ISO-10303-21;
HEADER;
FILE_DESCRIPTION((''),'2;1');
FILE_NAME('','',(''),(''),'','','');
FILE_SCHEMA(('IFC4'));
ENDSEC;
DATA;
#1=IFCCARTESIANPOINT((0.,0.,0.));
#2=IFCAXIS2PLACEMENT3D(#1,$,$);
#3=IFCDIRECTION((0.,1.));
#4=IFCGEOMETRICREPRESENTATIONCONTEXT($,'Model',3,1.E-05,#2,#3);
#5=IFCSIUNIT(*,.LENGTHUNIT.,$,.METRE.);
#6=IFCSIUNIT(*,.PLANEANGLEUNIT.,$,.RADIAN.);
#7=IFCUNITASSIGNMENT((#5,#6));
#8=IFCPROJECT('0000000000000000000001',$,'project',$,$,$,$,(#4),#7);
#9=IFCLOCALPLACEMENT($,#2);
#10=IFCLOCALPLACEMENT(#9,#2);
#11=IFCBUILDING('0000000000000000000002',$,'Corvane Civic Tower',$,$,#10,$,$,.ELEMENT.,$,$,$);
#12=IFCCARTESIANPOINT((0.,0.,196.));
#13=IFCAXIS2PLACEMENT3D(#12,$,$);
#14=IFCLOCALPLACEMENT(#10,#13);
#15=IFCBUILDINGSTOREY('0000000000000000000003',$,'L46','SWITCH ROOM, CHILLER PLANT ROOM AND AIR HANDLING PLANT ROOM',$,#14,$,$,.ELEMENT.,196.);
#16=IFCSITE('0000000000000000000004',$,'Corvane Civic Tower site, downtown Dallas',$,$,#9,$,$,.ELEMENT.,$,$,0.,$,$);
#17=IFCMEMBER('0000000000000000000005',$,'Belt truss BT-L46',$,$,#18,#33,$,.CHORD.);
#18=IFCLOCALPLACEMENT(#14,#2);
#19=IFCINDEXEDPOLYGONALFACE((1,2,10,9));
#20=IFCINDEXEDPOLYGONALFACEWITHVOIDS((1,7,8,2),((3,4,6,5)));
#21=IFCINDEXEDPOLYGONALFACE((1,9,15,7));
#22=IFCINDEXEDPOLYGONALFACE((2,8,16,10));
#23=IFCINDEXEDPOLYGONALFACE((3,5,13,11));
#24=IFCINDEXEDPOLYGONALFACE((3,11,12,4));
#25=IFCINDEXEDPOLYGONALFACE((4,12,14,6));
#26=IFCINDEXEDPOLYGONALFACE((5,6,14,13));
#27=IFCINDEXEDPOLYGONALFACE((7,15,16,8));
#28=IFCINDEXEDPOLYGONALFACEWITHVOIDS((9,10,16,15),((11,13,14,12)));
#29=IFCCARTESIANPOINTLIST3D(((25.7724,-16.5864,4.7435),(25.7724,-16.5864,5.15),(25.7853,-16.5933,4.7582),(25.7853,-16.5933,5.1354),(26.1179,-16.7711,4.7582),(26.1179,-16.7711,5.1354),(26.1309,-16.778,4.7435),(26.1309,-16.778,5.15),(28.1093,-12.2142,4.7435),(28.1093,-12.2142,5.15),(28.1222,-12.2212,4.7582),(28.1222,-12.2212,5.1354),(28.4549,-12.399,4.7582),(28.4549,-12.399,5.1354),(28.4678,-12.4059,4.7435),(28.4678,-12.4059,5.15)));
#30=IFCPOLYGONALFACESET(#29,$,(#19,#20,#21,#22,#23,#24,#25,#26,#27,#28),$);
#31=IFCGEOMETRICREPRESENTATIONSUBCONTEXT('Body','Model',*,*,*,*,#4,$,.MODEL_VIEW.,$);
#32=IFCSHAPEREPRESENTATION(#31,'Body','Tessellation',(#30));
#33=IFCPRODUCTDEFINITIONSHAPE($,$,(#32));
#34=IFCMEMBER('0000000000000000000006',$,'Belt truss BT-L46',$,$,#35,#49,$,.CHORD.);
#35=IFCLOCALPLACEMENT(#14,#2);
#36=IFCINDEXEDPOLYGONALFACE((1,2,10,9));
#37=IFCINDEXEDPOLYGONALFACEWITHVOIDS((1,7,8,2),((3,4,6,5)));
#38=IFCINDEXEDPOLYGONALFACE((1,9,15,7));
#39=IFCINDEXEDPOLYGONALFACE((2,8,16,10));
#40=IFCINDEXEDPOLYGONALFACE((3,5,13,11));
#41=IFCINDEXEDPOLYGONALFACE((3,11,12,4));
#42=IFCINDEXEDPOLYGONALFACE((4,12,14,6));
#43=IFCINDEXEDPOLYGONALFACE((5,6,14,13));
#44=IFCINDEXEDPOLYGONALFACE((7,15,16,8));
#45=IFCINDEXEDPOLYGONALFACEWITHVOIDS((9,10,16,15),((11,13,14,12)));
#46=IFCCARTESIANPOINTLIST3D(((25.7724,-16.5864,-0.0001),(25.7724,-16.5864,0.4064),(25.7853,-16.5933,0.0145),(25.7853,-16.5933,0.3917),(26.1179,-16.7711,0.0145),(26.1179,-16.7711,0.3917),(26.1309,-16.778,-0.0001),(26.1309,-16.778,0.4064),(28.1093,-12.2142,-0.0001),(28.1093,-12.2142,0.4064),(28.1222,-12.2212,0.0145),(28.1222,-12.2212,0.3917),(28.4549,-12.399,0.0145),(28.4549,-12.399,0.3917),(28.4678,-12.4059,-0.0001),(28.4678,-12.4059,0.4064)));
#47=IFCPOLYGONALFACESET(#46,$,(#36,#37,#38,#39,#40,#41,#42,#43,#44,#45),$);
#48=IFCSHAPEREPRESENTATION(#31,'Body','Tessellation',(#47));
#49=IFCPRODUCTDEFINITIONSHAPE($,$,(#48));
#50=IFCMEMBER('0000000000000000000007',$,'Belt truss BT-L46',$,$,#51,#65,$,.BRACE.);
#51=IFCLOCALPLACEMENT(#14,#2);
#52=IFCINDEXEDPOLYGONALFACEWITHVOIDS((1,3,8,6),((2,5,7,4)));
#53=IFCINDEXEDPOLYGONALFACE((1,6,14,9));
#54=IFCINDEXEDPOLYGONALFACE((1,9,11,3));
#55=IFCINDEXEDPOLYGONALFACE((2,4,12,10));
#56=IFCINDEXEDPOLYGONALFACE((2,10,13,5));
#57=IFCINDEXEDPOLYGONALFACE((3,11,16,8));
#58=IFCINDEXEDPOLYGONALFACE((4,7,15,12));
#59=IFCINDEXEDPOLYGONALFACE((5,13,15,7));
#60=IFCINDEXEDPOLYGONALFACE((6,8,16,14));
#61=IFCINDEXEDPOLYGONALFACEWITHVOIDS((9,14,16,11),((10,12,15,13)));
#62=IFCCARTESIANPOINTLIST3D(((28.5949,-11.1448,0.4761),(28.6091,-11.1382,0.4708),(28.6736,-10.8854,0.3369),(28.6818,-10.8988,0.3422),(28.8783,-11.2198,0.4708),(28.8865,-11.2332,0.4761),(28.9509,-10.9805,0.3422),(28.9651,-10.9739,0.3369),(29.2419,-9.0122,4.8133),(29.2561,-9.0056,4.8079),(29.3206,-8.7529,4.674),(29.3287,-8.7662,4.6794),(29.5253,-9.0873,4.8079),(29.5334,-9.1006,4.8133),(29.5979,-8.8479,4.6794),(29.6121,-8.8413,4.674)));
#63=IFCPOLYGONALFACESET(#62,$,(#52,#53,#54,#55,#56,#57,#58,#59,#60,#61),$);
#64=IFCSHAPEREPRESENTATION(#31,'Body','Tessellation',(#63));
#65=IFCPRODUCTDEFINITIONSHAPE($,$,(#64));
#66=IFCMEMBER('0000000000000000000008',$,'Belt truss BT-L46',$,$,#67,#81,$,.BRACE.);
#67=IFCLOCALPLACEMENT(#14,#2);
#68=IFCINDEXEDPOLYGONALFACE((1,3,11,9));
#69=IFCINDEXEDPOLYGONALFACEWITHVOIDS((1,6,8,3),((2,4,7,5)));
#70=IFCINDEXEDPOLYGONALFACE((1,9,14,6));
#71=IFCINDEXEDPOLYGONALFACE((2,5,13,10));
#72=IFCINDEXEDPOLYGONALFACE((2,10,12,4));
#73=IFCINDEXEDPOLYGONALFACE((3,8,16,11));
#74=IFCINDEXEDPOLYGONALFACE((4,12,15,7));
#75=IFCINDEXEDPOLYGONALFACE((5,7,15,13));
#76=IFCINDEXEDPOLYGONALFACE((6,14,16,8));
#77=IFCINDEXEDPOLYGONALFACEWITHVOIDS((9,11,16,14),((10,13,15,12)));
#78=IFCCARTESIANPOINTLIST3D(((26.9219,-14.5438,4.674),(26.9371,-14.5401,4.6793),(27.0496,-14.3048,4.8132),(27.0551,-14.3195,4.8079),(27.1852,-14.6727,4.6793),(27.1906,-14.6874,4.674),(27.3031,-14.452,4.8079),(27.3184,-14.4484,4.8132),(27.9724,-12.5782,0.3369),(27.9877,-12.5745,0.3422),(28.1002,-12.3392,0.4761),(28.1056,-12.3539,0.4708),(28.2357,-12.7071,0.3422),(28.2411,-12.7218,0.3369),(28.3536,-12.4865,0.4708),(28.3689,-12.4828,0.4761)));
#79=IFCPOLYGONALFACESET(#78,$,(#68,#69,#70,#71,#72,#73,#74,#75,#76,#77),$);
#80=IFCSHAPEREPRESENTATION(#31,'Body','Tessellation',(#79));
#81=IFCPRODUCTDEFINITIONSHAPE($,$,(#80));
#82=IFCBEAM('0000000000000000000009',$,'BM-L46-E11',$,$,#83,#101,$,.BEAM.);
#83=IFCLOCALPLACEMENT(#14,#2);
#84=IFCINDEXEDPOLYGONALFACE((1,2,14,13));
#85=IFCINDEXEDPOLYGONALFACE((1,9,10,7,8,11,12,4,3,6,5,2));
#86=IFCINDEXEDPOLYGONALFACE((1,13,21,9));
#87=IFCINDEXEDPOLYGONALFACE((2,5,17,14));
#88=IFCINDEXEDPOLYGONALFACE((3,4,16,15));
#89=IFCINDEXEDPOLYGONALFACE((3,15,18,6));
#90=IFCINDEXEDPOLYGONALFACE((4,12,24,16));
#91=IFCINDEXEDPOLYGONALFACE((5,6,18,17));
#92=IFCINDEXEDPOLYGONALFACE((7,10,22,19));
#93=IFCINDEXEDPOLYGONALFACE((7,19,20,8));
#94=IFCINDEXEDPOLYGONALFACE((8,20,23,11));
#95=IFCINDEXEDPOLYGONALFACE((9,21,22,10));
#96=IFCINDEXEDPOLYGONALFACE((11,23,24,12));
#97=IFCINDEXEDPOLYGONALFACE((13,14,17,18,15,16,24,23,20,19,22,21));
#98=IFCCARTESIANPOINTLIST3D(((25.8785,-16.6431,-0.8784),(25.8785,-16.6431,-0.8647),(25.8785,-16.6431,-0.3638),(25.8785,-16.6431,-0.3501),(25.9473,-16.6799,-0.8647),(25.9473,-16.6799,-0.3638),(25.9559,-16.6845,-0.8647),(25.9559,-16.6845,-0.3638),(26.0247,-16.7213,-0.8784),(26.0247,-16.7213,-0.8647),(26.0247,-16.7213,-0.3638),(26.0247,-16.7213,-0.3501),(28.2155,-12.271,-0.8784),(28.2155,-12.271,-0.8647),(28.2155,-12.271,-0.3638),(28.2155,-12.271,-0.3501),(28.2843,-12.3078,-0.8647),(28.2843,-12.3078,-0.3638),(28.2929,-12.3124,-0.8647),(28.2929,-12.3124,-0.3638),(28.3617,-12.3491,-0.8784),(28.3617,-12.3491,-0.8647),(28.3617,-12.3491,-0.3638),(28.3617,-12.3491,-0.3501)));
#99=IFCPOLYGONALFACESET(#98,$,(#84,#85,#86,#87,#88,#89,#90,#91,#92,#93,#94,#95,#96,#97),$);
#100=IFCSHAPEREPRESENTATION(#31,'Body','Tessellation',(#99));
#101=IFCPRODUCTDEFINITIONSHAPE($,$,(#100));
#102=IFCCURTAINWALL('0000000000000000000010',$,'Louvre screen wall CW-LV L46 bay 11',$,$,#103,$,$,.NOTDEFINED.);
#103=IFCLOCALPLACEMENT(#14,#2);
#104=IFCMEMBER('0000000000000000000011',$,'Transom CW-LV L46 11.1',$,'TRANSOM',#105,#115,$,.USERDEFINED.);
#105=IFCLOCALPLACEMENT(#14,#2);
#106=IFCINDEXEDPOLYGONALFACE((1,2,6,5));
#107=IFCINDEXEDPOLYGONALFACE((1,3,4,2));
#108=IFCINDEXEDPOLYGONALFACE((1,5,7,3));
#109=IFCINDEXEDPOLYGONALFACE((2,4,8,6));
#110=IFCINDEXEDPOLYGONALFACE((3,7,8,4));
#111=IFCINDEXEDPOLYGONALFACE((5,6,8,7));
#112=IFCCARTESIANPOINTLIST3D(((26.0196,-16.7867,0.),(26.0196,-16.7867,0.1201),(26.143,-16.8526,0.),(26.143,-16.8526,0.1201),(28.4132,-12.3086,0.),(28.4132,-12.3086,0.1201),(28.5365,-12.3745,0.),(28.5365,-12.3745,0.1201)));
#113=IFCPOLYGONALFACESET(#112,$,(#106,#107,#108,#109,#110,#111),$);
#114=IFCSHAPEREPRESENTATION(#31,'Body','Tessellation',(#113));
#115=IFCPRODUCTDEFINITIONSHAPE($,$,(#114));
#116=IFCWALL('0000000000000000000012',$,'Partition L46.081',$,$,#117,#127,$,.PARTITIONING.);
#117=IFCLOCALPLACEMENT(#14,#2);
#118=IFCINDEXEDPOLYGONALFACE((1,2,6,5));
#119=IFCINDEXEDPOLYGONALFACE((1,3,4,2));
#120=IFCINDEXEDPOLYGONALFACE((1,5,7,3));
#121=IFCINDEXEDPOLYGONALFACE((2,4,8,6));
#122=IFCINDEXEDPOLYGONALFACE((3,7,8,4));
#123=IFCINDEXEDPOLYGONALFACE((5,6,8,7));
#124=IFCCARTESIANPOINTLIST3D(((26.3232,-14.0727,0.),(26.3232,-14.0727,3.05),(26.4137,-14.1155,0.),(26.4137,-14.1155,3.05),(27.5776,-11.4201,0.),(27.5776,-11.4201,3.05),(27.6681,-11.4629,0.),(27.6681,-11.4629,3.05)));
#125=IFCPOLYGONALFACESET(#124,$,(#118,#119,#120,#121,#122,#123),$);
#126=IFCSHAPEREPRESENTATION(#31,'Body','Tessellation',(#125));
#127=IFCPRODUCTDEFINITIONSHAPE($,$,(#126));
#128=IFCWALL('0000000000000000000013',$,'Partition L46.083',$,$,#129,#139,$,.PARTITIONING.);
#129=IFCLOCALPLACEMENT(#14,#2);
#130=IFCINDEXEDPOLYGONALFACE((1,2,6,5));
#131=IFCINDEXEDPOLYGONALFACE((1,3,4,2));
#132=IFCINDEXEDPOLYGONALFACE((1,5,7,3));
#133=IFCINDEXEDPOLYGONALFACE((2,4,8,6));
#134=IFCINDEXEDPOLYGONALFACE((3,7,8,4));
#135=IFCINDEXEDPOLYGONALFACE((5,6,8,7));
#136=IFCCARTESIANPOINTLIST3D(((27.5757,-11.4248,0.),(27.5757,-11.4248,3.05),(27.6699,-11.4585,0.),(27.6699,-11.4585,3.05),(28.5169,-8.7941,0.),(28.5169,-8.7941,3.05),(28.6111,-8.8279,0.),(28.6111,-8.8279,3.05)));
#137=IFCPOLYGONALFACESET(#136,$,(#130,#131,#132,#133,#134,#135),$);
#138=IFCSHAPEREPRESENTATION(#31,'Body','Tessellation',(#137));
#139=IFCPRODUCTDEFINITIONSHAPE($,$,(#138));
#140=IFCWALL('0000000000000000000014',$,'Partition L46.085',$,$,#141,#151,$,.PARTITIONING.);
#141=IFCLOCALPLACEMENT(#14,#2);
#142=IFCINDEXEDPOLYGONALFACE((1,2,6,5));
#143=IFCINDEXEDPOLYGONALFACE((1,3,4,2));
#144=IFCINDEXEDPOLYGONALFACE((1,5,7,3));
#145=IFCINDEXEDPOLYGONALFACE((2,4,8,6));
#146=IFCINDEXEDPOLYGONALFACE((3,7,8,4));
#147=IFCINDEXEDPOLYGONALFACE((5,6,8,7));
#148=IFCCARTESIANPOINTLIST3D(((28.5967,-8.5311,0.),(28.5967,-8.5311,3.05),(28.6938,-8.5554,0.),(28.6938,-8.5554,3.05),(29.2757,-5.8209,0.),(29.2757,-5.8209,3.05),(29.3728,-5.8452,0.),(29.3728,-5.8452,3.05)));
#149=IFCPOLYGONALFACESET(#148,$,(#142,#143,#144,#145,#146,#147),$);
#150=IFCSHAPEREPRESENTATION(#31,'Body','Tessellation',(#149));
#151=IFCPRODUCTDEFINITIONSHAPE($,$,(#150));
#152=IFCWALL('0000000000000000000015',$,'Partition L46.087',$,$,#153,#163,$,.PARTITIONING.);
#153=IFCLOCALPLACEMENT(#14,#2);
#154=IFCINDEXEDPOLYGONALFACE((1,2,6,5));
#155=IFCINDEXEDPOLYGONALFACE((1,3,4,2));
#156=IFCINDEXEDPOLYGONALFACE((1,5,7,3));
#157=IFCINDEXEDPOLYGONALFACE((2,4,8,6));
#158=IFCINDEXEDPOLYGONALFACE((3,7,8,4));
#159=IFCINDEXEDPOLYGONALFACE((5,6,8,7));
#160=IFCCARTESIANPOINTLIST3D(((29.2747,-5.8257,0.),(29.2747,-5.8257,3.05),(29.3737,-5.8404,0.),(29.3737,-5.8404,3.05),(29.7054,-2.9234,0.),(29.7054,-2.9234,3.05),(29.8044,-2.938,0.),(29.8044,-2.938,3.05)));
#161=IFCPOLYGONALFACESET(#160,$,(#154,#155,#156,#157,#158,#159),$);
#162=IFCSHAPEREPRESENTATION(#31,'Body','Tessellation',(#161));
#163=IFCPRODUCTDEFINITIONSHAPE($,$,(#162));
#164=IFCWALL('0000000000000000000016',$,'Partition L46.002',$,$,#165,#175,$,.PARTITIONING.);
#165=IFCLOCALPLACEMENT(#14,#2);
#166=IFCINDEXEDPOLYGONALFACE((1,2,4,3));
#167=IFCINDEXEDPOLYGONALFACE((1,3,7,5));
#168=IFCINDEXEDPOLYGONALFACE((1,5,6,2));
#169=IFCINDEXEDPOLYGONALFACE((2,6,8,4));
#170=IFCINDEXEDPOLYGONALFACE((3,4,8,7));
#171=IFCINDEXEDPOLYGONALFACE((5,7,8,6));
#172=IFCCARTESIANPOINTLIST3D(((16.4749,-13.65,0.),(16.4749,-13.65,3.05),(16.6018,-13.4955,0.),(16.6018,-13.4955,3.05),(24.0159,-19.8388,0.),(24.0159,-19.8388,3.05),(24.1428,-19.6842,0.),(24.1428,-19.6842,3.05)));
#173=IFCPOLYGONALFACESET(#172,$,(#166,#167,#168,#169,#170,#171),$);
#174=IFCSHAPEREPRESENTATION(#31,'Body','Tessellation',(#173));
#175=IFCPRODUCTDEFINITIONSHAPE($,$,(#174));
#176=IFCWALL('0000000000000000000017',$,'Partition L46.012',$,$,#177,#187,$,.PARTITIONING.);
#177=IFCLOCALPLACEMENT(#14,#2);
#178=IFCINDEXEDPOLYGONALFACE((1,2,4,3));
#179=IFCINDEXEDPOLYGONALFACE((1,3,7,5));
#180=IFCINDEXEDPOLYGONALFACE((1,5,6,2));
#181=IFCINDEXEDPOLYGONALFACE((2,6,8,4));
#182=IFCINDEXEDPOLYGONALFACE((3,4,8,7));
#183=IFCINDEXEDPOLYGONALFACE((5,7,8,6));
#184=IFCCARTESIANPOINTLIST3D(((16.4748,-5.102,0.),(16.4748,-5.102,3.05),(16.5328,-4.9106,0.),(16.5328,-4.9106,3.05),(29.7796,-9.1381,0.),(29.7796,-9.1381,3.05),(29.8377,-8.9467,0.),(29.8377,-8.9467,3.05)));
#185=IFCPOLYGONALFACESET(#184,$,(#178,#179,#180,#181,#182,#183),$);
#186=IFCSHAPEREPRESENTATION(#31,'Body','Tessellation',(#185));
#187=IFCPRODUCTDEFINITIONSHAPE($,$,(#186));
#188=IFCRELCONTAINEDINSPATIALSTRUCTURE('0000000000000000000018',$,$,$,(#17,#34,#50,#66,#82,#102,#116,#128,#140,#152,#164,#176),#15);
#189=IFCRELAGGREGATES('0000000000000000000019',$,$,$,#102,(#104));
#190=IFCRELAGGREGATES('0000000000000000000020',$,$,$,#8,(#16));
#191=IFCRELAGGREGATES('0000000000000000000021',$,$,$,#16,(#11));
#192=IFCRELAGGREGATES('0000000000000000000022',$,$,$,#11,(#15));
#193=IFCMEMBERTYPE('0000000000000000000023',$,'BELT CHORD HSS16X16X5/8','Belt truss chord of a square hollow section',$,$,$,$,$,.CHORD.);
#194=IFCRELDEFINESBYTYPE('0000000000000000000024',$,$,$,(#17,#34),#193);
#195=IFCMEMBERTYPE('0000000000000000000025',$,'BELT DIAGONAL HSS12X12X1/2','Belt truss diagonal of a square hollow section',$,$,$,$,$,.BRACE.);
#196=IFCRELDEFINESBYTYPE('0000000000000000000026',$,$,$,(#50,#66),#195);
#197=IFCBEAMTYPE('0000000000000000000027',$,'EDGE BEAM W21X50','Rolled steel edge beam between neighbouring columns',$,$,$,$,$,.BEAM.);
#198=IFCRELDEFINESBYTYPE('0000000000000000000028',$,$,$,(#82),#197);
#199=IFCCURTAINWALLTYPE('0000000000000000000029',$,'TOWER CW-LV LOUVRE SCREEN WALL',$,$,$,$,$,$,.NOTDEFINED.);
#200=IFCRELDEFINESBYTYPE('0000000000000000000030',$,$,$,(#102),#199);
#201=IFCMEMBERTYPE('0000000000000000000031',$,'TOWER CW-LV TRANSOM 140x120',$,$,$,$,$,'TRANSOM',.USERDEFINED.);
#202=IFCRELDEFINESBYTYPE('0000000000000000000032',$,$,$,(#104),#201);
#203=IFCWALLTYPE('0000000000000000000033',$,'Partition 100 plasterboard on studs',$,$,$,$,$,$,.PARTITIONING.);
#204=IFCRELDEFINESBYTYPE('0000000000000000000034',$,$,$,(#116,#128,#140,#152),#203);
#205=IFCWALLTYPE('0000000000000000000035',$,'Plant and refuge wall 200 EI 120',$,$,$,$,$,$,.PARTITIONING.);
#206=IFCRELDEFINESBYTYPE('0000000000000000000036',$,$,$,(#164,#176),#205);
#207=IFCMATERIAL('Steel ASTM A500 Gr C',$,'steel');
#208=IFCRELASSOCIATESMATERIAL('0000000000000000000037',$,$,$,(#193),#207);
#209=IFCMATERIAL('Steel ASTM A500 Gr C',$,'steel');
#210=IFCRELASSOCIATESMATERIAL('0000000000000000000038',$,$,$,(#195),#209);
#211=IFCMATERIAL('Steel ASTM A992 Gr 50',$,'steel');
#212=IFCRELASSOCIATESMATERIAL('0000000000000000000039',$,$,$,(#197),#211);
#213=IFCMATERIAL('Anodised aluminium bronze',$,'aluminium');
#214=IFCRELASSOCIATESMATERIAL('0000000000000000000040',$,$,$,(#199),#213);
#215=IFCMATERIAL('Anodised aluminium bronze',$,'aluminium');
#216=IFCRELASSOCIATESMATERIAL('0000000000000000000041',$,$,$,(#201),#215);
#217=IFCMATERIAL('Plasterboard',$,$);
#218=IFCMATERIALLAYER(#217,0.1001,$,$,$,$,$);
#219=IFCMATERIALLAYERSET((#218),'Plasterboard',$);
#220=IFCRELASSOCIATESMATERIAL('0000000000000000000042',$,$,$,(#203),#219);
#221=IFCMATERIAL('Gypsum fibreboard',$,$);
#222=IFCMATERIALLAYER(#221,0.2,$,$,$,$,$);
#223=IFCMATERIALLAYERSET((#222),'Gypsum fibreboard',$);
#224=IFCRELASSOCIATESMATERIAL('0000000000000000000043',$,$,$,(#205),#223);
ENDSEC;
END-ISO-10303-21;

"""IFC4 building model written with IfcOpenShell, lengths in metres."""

from ifc_helpers import new_model, si_unit, direction, frame, frame_2d, origin, origin_2d, place, context, subcontext, project, spatial, rectangle, hollow_rectangle, i_section, extrude, material, layer, layer_set, material_profile, profile_set, type_object, element, aggregate, save


model = new_model("IFC4")

# Units and contexts
model_context = context("Model", 3, precision=1e-05, world=origin(), true_north=direction((0.0, 1.0)))
body_context = subcontext(model_context, "Body", "Model", "MODEL_VIEW")
ifc_project = project(units=[si_unit("LENGTHUNIT", "METRE"), si_unit("PLANEANGLEUNIT", "RADIAN")], contexts=[model_context])

# Site, building, storey
site_placement = place(None, origin())
site = spatial("IfcSite", under=ifc_project, at=site_placement, Name="Corvane Civic Tower site, downtown Dallas", CompositionType="ELEMENT", RefElevation=0.0)
building_placement = place(site_placement, origin())
building = spatial("IfcBuilding", under=site, at=building_placement, Name="Corvane Civic Tower", CompositionType="ELEMENT")
storey_placement = place(building_placement, frame((0.0, 0.0, 196.0)))
storey = spatial("IfcBuildingStorey", under=building, at=storey_placement, Name="L46", Description="SWITCH ROOM, CHILLER PLANT ROOM AND AIR HANDLING PLANT ROOM", CompositionType="ELEMENT", Elevation=196.0)

# Members
ifc_material_1 = material(Name="Steel ASTM A500 Gr C", Category="steel")
ifc_material_profile_1 = material_profile(ifc_material_1, hollow_rectangle(XDim=0.4065, YDim=0.4065, WallThickness=0.0146, at=origin_2d()), Name="HSS16X16X5/8")
ifc_profile_set_1 = profile_set([ifc_material_profile_1], Name="Steel ASTM A500 Gr C")
member_type_1 = type_object("IfcMemberType", Name="BELT CHORD HSS16X16X5/8", Description="Belt truss chord of a square hollow section", PredefinedType="CHORD", material=ifc_profile_set_1)
for number, where, z_axis, x_axis, name in (
    (1, (28.2886, -12.3101, 4.9468), (-0.471396, -0.881922, 0.0), (0.881922, -0.471396, 0.0), "Belt truss BT-L46"),
    (2, (28.2886, -12.3101, 0.2031), (-0.471396, -0.881922, 0.0), (0.881922, -0.471396, 0.0), "Belt truss BT-L46"),
):
    element("IfcMember", number, at=place(storey_placement, frame(where, z_axis=z_axis, x_axis=x_axis)), inside=storey, type_object=member_type_1, Name=name, PredefinedType="CHORD", context=body_context, shape_type="SweptSolid", body=[
        extrude(hollow_rectangle(XDim=0.4065, YDim=0.4065, WallThickness=0.0146, at=origin_2d()), origin(), (0.0, 0.0, 1.0), 4.9575),
    ])
ifc_material_2 = material(Name="Steel ASTM A500 Gr C", Category="steel")
ifc_material_profile_2 = material_profile(ifc_material_2, hollow_rectangle(XDim=0.3047, YDim=0.3047, WallThickness=0.0117, at=origin_2d()), Name="HSS12X12X1/2")
ifc_profile_set_2 = profile_set([ifc_material_profile_2], Name="Steel ASTM A500 Gr C")
member_type_2 = type_object("IfcMemberType", Name="BELT DIAGONAL HSS12X12X1/2", Description="Belt truss diagonal of a square hollow section", PredefinedType="BRACE", material=ifc_profile_set_2)
for number, where, z_axis, x_axis, name in (
    (3, (28.78, -11.0593, 0.4065), (0.13268, 0.437342, 0.889454), (-0.956932, 0.290311, 0.0), "Belt truss BT-L46"),
    (4, (28.1707, -12.5305, 0.4065), (-0.215438, -0.40309, 0.889441), (0.881937, -0.471367, 0.0), "Belt truss BT-L46"),
):
    element("IfcMember", number, at=place(storey_placement, frame(where, z_axis=z_axis, x_axis=x_axis)), inside=storey, type_object=member_type_2, Name=name, PredefinedType="BRACE", context=body_context, shape_type="SweptSolid", body=[
        extrude(hollow_rectangle(XDim=0.3047, YDim=0.3047, WallThickness=0.0117, at=origin_2d()), origin(), (0.0, 0.0, 1.0), 4.8762),
    ])

# Beam
ifc_material_3 = material(Name="Steel ASTM A992 Gr 50", Category="steel")
ifc_material_profile_3 = material_profile(ifc_material_3, i_section(OverallWidth=0.1658, OverallDepth=0.5283, WebThickness=0.0098, FlangeThickness=0.0137, at=origin_2d()), Name="W21X50")
ifc_profile_set_3 = profile_set([ifc_material_profile_3], Name="Steel ASTM A992 Gr 50")
beam_type = type_object("IfcBeamType", Name="EDGE BEAM W21X50", Description="Rolled steel edge beam between neighbouring columns", PredefinedType="BEAM", material=ifc_profile_set_3)
beam_placement = place(storey_placement, frame((28.2886, -12.3101, -0.6143), z_axis=(-0.471396, -0.881922, 0.0), x_axis=(0.881922, -0.471396, 0.0)))
element("IfcBeam", 5, at=beam_placement, inside=storey, type_object=beam_type, Name="BM-L46-E11", PredefinedType="BEAM", context=body_context, shape_type="SweptSolid", body=[
    extrude(i_section(OverallWidth=0.1658, OverallDepth=0.5283, WebThickness=0.0098, FlangeThickness=0.0137, at=origin_2d()), origin(), (0.0, 0.0, 1.0), 4.9575),
])

# Curtain wall, member
ifc_material_4 = material(Name="Anodised aluminium bronze", Category="aluminium")
curtain_wall_type = type_object("IfcCurtainWallType", Name="TOWER CW-LV LOUVRE SCREEN WALL", PredefinedType="NOTDEFINED", material=ifc_material_4)
curtain_wall_placement = place(storey_placement, origin())
curtain_wall = element("IfcCurtainWall", 6, at=curtain_wall_placement, inside=storey, type_object=curtain_wall_type, Name="Louvre screen wall CW-LV L46 bay 11", PredefinedType="NOTDEFINED")
ifc_material_5 = material(Name="Anodised aluminium bronze", Category="aluminium")
ifc_material_profile_4 = material_profile(ifc_material_5, rectangle(XDim=0.1399, YDim=0.1201, at=origin_2d()), Name="TOWER CW-LV TRANSOM 140x120")
ifc_profile_set_4 = profile_set([ifc_material_profile_4], Name="Anodised aluminium bronze")
member_type_3 = type_object("IfcMemberType", Name="TOWER CW-LV TRANSOM 140x120", ElementType="TRANSOM", PredefinedType="USERDEFINED", material=ifc_profile_set_4)
member_placement = place(storey_placement, frame((28.4749, -12.3416, 0.0601), z_axis=(-0.471397, -0.881921, 0.0), x_axis=(0.881921, -0.471397, 0.0)))
member = element("IfcMember", 7, at=member_placement, type_object=member_type_3, Name="Transom CW-LV L46 11.1", ObjectType="TRANSOM", PredefinedType="USERDEFINED", context=body_context, shape_type="SweptSolid", body=[
    extrude(rectangle(XDim=0.1399, YDim=0.1201, at=origin_2d()), origin(), (0.0, 0.0, 1.0), 5.0776),
])

# Walls
ifc_material_6 = material(Name="Plasterboard")
ifc_layer_1 = layer(ifc_material_6, 0.1001)
ifc_layer_set_1 = layer_set([ifc_layer_1], Name="Plasterboard")
wall_type_1 = type_object("IfcWallType", Name="Partition 100 plasterboard on studs", PredefinedType="PARTITIONING", material=ifc_layer_set_1)
wall_1_placement = place(storey_placement, frame((26.3684, -14.0942, 0.0), z_axis=(0.0, 0.0, 1.0), x_axis=(0.427503, 0.904014, 0.0)))
element("IfcWall", 8, at=wall_1_placement, inside=storey, type_object=wall_type_1, Name="Partition L46.081", PredefinedType="PARTITIONING", context=body_context, shape_type="SweptSolid", body=[
    extrude(rectangle(XDim=2.9343, YDim=0.1001, at=frame_2d((1.4673, 0.0))), origin(), (0.0, 0.0, 1.0), 3.05),
])
for number, where, z_axis, x_axis, name in (
    (9, (27.6228, -11.4417, 0.0), (0.0, 0.0, 1.0), (0.336862, 0.941554, 0.0), "Partition L46.083"),
    (10, (28.6453, -8.5432, 0.0), (0.0, 0.0, 1.0), (0.243008, 0.970024, 0.0), "Partition L46.085"),
):
    element("IfcWall", number, at=place(storey_placement, frame(where, z_axis=z_axis, x_axis=x_axis)), inside=storey, type_object=wall_type_1, Name=name, PredefinedType="PARTITIONING", context=body_context, shape_type="SweptSolid", body=[
        extrude(rectangle(XDim=2.7939, YDim=0.1001, at=frame_2d((1.397, 0.0))), origin(), (0.0, 0.0, 1.0), 3.05),
    ])
wall_2_placement = place(storey_placement, frame((29.3242, -5.833, 0.0), z_axis=(0.0, 0.0, 1.0), x_axis=(0.146778, 0.989169, 0.0)))
element("IfcWall", 11, at=wall_2_placement, inside=storey, type_object=wall_type_1, Name="Partition L46.087", PredefinedType="PARTITIONING", context=body_context, shape_type="SweptSolid", body=[
    extrude(rectangle(XDim=2.9341, YDim=0.1001, at=frame_2d((1.467, 0.0))), origin(), (0.0, 0.0, 1.0), 3.05),
])
ifc_material_7 = material(Name="Gypsum fibreboard")
ifc_layer_2 = layer(ifc_material_7, 0.2)
ifc_layer_set_2 = layer_set([ifc_layer_2], Name="Gypsum fibreboard")
wall_type_2 = type_object("IfcWallType", Name="Plant and refuge wall 200 EI 120", PredefinedType="PARTITIONING", material=ifc_layer_set_2)
wall_3_placement = place(storey_placement, frame((16.5383, -13.5728, 0.0), z_axis=(0.0, 0.0, 1.0), x_axis=(0.773012, -0.634391, 0.0)))
element("IfcWall", 12, at=wall_3_placement, inside=storey, type_object=wall_type_2, Name="Partition L46.002", PredefinedType="PARTITIONING", context=body_context, shape_type="SweptSolid", body=[
    extrude(rectangle(XDim=9.7554, YDim=0.2, at=frame_2d((4.8777, 0.0))), origin(), (0.0, 0.0, 1.0), 3.05),
])
wall_4_placement = place(storey_placement, frame((16.5039, -5.0063, 0.0), z_axis=(0.0, 0.0, 1.0), x_axis=(0.956938, -0.290293, 0.0)))
element("IfcWall", 13, at=wall_4_placement, inside=storey, type_object=wall_type_2, Name="Partition L46.012", PredefinedType="PARTITIONING", context=body_context, shape_type="SweptSolid", body=[
    extrude(rectangle(XDim=13.9036, YDim=0.2, at=frame_2d((6.9517, 0.0))), origin(), (0.0, 0.0, 1.0), 3.05),
])

aggregate(curtain_wall, [member])

save(model, "model.ifc")
